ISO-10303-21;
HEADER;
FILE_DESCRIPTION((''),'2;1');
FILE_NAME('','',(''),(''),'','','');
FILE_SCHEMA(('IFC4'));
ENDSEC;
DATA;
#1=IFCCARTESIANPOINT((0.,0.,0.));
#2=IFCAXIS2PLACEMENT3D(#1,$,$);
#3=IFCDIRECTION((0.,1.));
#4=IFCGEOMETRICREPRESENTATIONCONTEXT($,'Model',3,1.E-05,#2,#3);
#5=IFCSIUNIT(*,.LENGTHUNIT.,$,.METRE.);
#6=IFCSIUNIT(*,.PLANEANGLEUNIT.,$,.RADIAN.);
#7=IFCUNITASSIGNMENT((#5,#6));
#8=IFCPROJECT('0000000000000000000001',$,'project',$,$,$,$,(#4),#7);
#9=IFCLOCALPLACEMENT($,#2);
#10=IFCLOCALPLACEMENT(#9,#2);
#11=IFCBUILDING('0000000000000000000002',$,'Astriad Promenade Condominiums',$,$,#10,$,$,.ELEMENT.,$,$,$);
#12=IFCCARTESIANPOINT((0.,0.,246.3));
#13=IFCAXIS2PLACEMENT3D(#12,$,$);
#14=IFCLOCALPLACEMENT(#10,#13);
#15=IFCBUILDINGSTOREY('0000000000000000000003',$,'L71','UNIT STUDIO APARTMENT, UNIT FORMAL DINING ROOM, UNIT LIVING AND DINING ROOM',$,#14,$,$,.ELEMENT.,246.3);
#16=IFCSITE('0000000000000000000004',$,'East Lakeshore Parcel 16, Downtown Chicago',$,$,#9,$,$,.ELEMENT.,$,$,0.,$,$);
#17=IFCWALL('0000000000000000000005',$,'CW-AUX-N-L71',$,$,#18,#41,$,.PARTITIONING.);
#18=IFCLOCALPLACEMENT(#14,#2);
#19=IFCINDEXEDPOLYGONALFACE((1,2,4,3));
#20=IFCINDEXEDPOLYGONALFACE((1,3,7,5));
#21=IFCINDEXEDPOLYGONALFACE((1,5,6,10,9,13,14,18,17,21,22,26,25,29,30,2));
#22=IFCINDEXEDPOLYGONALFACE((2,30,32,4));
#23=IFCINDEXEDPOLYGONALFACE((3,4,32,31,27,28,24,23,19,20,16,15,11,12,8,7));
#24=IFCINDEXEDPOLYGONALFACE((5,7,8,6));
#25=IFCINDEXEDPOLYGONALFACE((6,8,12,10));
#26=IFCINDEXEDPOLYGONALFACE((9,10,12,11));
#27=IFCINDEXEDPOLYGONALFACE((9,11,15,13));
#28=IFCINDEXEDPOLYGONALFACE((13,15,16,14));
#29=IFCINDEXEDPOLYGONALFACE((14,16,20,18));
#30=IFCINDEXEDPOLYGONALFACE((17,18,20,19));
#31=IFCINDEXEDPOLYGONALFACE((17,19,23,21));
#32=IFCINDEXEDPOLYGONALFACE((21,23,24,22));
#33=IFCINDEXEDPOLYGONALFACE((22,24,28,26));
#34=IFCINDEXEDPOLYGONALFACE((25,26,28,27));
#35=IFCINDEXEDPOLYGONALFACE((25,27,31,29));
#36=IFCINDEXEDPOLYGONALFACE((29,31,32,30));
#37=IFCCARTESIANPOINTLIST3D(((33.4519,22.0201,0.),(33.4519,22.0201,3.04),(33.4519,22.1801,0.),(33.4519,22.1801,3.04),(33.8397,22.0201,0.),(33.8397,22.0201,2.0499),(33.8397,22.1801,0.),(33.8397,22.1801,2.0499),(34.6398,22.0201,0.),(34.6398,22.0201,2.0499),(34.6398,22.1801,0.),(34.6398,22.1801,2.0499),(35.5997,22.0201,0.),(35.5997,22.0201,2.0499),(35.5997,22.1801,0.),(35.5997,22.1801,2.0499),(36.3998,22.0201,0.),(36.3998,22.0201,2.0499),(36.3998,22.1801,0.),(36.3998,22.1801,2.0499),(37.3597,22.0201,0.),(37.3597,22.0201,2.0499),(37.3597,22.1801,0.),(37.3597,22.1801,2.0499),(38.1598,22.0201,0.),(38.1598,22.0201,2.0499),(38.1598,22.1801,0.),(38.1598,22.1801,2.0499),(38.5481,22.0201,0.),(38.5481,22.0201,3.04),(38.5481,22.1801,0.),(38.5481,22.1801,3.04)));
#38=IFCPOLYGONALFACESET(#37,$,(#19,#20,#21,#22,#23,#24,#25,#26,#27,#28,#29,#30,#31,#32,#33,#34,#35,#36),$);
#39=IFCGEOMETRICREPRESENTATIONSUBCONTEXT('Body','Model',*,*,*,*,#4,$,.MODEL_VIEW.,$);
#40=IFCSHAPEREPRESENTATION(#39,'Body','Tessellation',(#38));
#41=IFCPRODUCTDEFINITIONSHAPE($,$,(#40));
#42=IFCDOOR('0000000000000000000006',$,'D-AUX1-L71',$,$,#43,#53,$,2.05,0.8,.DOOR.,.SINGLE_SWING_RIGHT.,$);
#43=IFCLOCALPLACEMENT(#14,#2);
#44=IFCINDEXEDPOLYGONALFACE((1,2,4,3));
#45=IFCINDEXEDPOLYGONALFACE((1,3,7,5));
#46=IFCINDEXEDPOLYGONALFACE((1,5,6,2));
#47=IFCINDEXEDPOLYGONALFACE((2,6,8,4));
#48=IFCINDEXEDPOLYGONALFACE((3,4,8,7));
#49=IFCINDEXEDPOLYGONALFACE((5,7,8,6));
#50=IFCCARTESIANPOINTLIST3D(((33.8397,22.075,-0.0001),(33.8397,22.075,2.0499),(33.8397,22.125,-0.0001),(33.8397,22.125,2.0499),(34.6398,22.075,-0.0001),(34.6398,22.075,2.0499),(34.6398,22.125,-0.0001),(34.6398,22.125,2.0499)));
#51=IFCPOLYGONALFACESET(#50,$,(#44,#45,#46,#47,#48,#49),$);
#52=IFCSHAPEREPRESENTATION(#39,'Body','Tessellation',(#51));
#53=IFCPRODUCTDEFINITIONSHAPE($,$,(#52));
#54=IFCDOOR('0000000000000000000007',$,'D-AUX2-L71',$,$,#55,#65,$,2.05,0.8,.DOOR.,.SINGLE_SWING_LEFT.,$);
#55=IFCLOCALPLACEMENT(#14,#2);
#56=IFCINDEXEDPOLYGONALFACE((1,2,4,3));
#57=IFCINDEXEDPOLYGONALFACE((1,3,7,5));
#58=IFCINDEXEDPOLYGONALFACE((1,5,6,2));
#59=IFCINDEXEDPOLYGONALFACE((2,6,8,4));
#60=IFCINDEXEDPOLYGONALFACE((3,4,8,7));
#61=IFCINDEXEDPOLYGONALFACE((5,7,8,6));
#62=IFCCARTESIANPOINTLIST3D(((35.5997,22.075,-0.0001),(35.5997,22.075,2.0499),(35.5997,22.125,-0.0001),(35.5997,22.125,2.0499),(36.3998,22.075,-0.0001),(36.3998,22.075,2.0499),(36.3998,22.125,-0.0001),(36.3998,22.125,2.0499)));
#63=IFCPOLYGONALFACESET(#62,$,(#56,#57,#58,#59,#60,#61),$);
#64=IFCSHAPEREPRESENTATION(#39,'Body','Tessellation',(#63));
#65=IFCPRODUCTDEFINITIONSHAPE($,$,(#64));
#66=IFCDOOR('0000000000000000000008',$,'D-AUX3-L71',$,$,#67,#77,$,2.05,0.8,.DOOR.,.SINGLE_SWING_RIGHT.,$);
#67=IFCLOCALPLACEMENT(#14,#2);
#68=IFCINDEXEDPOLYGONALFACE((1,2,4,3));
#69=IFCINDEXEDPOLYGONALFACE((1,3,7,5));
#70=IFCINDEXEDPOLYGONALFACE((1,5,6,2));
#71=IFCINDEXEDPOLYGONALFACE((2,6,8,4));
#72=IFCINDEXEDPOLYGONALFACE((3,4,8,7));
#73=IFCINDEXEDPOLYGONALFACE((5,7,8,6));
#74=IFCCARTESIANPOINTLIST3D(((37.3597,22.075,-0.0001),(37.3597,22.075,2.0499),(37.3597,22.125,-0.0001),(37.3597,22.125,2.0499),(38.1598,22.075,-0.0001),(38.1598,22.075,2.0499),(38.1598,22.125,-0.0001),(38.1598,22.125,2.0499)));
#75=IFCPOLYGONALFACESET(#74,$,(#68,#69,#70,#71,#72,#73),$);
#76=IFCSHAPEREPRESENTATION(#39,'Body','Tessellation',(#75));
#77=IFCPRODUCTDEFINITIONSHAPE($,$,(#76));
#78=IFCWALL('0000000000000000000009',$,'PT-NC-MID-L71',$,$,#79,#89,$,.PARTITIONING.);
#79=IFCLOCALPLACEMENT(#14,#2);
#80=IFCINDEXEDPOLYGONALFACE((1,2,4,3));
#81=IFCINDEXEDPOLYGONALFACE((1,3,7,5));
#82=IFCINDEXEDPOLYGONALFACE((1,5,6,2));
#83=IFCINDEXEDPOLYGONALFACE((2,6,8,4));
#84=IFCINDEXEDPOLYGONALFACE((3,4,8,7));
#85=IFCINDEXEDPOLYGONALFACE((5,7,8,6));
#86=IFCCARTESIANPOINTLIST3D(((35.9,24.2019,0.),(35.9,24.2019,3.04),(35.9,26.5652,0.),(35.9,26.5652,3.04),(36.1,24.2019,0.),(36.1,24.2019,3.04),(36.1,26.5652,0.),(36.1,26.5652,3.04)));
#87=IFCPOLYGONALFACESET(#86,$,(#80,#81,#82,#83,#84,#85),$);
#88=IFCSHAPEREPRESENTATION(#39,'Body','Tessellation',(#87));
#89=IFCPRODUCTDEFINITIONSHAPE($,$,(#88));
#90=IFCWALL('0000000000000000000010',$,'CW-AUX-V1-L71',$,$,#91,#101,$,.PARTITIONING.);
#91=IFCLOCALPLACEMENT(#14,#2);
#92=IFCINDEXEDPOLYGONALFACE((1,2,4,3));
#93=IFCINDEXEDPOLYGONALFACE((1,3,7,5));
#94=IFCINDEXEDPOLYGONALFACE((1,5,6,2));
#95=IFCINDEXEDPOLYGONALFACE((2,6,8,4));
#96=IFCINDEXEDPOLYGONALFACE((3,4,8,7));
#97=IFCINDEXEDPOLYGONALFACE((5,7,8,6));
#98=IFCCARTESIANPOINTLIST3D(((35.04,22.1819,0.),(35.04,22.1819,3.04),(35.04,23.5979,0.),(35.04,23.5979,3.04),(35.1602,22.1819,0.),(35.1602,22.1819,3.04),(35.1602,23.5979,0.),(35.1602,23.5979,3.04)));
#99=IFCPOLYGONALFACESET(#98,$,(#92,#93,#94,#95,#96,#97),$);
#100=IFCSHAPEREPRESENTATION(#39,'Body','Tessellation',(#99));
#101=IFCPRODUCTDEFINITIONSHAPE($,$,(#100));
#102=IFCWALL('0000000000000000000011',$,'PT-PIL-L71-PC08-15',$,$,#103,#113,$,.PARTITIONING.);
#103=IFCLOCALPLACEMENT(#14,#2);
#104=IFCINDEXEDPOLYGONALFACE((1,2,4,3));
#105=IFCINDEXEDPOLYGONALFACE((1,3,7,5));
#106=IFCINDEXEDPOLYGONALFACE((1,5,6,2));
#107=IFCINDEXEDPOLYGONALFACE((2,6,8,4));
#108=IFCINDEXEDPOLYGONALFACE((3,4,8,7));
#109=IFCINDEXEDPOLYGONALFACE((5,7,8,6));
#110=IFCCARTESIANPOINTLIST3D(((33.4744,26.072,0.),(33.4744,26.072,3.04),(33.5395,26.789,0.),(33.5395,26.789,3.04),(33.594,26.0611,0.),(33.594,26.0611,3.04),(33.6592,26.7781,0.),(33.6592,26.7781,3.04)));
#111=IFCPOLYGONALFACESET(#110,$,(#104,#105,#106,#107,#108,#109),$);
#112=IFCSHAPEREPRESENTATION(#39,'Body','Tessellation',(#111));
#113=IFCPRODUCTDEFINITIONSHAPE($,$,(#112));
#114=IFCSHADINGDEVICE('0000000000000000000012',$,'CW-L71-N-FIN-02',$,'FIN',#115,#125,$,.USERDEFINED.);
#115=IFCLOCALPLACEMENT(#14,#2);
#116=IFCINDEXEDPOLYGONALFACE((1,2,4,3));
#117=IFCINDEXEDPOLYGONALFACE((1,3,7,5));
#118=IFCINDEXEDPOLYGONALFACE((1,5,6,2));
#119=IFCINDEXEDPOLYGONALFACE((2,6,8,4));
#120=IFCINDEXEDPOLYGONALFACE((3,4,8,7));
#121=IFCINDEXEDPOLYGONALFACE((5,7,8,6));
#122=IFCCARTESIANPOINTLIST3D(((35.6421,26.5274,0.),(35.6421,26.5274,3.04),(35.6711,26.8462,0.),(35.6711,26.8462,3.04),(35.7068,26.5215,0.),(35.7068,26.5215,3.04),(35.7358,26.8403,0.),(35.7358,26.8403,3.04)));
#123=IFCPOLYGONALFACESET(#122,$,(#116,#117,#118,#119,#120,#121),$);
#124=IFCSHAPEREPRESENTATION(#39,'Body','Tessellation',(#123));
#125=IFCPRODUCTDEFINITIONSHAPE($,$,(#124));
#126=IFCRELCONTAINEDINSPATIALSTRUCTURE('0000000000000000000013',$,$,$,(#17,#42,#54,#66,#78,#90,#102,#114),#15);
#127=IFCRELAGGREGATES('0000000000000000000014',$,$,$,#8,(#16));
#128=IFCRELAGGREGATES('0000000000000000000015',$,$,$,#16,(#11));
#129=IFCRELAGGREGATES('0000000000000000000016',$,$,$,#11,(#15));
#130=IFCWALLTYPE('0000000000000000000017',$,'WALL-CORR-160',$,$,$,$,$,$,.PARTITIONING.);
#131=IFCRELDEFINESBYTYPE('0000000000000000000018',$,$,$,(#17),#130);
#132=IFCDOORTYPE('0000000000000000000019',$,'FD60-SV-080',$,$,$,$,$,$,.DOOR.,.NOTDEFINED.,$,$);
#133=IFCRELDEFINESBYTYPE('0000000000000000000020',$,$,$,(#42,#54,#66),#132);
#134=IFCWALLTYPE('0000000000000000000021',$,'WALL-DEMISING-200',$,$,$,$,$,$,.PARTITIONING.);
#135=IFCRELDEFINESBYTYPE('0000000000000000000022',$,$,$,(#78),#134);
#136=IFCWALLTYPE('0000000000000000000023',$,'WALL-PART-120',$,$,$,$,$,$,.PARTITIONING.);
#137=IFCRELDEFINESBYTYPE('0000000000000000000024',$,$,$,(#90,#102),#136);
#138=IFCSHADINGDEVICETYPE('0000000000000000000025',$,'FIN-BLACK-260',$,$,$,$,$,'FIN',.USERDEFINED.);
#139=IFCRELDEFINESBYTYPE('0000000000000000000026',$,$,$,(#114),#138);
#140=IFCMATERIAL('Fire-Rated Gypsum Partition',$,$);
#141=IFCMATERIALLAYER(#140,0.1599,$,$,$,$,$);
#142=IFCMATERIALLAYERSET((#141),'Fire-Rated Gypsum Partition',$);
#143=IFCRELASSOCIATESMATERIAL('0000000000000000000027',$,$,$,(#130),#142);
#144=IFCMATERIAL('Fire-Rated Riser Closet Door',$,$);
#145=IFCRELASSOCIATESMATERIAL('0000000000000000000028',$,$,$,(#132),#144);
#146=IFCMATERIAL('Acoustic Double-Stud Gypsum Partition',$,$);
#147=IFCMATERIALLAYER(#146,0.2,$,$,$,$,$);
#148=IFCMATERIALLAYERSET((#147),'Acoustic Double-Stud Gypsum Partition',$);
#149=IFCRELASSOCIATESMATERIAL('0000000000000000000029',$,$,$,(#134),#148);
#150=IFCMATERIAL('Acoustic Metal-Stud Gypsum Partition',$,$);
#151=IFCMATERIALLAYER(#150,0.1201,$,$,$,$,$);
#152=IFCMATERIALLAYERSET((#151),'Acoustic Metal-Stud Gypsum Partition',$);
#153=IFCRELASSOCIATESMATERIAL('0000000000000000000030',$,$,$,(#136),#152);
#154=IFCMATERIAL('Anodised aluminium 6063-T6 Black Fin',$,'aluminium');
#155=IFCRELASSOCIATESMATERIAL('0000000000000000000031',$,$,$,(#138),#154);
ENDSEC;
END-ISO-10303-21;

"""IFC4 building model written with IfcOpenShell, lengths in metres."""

from ifc_helpers import new_model, si_unit, direction, frame, frame_2d, origin, origin_2d, place, context, subcontext, project, spatial, rectangle, extrude, source, transform, mapped, material, layer, layer_set, type_object, type_shapes, element, fill, save


model = new_model("IFC4")

# Units and contexts
model_context = context("Model", 3, precision=1e-05, world=origin(), true_north=direction((0.0, 1.0)))
body_context = subcontext(model_context, "Body", "Model", "MODEL_VIEW")
ifc_project = project(units=[si_unit("LENGTHUNIT", "METRE"), si_unit("PLANEANGLEUNIT", "RADIAN")], contexts=[model_context])

# Site, building, storey
site_placement = place(None, origin())
site = spatial("IfcSite", under=ifc_project, at=site_placement, Name="East Lakeshore Parcel 16, Downtown Chicago", CompositionType="ELEMENT", RefElevation=0.0)
building_placement = place(site_placement, origin())
building = spatial("IfcBuilding", under=site, at=building_placement, Name="Astriad Promenade Condominiums", CompositionType="ELEMENT")
storey_placement = place(building_placement, frame((0.0, 0.0, 246.3)))
storey = spatial("IfcBuildingStorey", under=building, at=storey_placement, Name="L71", Description="UNIT STUDIO APARTMENT, UNIT FORMAL DINING ROOM, UNIT LIVING AND DINING ROOM", CompositionType="ELEMENT", Elevation=246.3)

# Wall, openings, doors
ifc_material_1 = material(Name="Fire-Rated Gypsum Partition")
ifc_layer_1 = layer(ifc_material_1, 0.1599)
ifc_layer_set_1 = layer_set([ifc_layer_1], Name="Fire-Rated Gypsum Partition")
wall_type_1 = type_object("IfcWallType", Name="WALL-CORR-160", PredefinedType="PARTITIONING", material=ifc_layer_set_1)
wall_1_placement = place(storey_placement, frame((33.4519, 22.1001, 0.0), z_axis=(0.0, 0.0, 1.0), x_axis=(1.0, 0.0, 0.0)))
wall_1 = element("IfcWall", 1, at=wall_1_placement, inside=storey, type_object=wall_type_1, Name="CW-AUX-N-L71", PredefinedType="PARTITIONING", context=body_context, shape_type="SweptSolid", body=[
    extrude(rectangle(XDim=5.0962, YDim=0.1599, at=frame_2d((2.5481, 0.0))), origin(), (0.0, 0.0, 1.0), 3.04),
])
opening_1_placement = place(wall_1_placement, frame((0.3879, 0.0, 0.0)))
opening_1 = element("IfcOpeningElement", 2, at=opening_1_placement, cuts=wall_1, PredefinedType="OPENING", context=body_context, shape_type="SweptSolid", body=[
    extrude(rectangle(XDim=0.8, YDim=2.05, at=frame_2d((0.3999, 1.0249))), frame((0.0, 0.0898, 0.0), z_axis=(0.0, -1.0, 0.0), x_axis=(1.0, 0.0, 0.0)), (0.0, 0.0, 1.0), 0.1799),
])
opening_2_placement = place(wall_1_placement, frame((2.1479, 0.0, 0.0)))
opening_2 = element("IfcOpeningElement", 3, at=opening_2_placement, cuts=wall_1, PredefinedType="OPENING", context=body_context, shape_type="SweptSolid", body=[
    extrude(rectangle(XDim=0.8, YDim=2.05, at=frame_2d((0.3999, 1.0249))), frame((0.0, 0.0898, 0.0), z_axis=(0.0, -1.0, 0.0), x_axis=(1.0, 0.0, 0.0)), (0.0, 0.0, 1.0), 0.1799),
])
opening_3_placement = place(wall_1_placement, frame((3.908, 0.0, 0.0)))
opening_3 = element("IfcOpeningElement", 4, at=opening_3_placement, cuts=wall_1, PredefinedType="OPENING", context=body_context, shape_type="SweptSolid", body=[
    extrude(rectangle(XDim=0.8, YDim=2.05, at=frame_2d((0.3999, 1.0249))), frame((0.0, 0.0898, 0.0), z_axis=(0.0, -1.0, 0.0), x_axis=(1.0, 0.0, 0.0)), (0.0, 0.0, 1.0), 0.1799),
])
ifc_material_2 = material(Name="Fire-Rated Riser Closet Door")
door_type = type_object("IfcDoorType", Name="FD60-SV-080", OperationType="NOTDEFINED", PredefinedType="DOOR", material=ifc_material_2)
shared_shape_1 = source(origin(), body_context, "Body", "SweptSolid", [
    extrude(rectangle(XDim=0.8, YDim=2.05, at=frame_2d((0.3999, 1.0249))), frame((0.0, 0.0249, 0.0), z_axis=(0.0, -1.0, 0.0), x_axis=(1.0, 0.0, 0.0)), (0.0, 0.0, 1.0), 0.05),
])
type_shapes(door_type, [shared_shape_1])
door_1_placement = place(opening_1_placement, origin())
door_1 = element("IfcDoor", 5, at=door_1_placement, inside=storey, type_object=door_type, Name="D-AUX1-L71", OperationType="SINGLE_SWING_RIGHT", OverallHeight=2.05, OverallWidth=0.8, PredefinedType="DOOR", context=body_context, shape_type="MappedRepresentation", body=[
    mapped(shared_shape_1, transform((0.0, 0.0, 0.0), scale=1.0)),
])
fill(opening_1, door_1)
door_2_placement = place(opening_2_placement, origin())
door_2 = element("IfcDoor", 6, at=door_2_placement, inside=storey, type_object=door_type, Name="D-AUX2-L71", OperationType="SINGLE_SWING_LEFT", OverallHeight=2.05, OverallWidth=0.8, PredefinedType="DOOR", context=body_context, shape_type="MappedRepresentation", body=[
    mapped(shared_shape_1, transform((0.0, 0.0, 0.0), scale=1.0)),
])
fill(opening_2, door_2)
door_3_placement = place(opening_3_placement, origin())
door_3 = element("IfcDoor", 7, at=door_3_placement, inside=storey, type_object=door_type, Name="D-AUX3-L71", OperationType="SINGLE_SWING_RIGHT", OverallHeight=2.05, OverallWidth=0.8, PredefinedType="DOOR", context=body_context, shape_type="MappedRepresentation", body=[
    mapped(shared_shape_1, transform((0.0, 0.0, 0.0), scale=1.0)),
])
fill(opening_3, door_3)

# Walls
ifc_material_3 = material(Name="Acoustic Double-Stud Gypsum Partition")
ifc_layer_2 = layer(ifc_material_3, 0.2)
ifc_layer_set_2 = layer_set([ifc_layer_2], Name="Acoustic Double-Stud Gypsum Partition")
wall_type_2 = type_object("IfcWallType", Name="WALL-DEMISING-200", PredefinedType="PARTITIONING", material=ifc_layer_set_2)
wall_2_placement = place(storey_placement, frame((36.0, 24.2019, 0.0), z_axis=(0.0, 0.0, 1.0), x_axis=(0.0, 1.0, 0.0)))
element("IfcWall", 8, at=wall_2_placement, inside=storey, type_object=wall_type_2, Name="PT-NC-MID-L71", PredefinedType="PARTITIONING", context=body_context, shape_type="SweptSolid", body=[
    extrude(rectangle(XDim=2.3633, YDim=0.2, at=frame_2d((1.1816, 0.0))), origin(), (0.0, 0.0, 1.0), 3.04),
])
ifc_material_4 = material(Name="Acoustic Metal-Stud Gypsum Partition")
ifc_layer_3 = layer(ifc_material_4, 0.1201)
ifc_layer_set_3 = layer_set([ifc_layer_3], Name="Acoustic Metal-Stud Gypsum Partition")
wall_type_3 = type_object("IfcWallType", Name="WALL-PART-120", PredefinedType="PARTITIONING", material=ifc_layer_set_3)
wall_3_placement = place(storey_placement, frame((35.1001, 22.1819, 0.0), z_axis=(0.0, 0.0, 1.0), x_axis=(0.0, 1.0, 0.0)))
element("IfcWall", 9, at=wall_3_placement, inside=storey, type_object=wall_type_3, Name="CW-AUX-V1-L71", PredefinedType="PARTITIONING", context=body_context, shape_type="SweptSolid", body=[
    extrude(rectangle(XDim=1.416, YDim=0.1201, at=frame_2d((0.708, 0.0))), origin(), (0.0, 0.0, 1.0), 3.04),
])
wall_4_placement = place(storey_placement, frame((33.5342, 26.0667, 0.0), z_axis=(0.0, 0.0, 1.0), x_axis=(0.090536, 0.995893, 0.0)))
element("IfcWall", 10, at=wall_4_placement, inside=storey, type_object=wall_type_3, Name="PT-PIL-L71-PC08-15", PredefinedType="PARTITIONING", context=body_context, shape_type="SweptSolid", body=[
    extrude(rectangle(XDim=0.72, YDim=0.1201, at=frame_2d((0.3599, 0.0))), origin(), (0.0, 0.0, 1.0), 3.04),
])

# Shading device
ifc_material_5 = material(Name="Anodised aluminium 6063-T6 Black Fin", Category="aluminium")
shading_device_type = type_object("IfcShadingDeviceType", Name="FIN-BLACK-260", ElementType="FIN", PredefinedType="USERDEFINED", material=ifc_material_5)
shared_shape_2 = source(origin(), body_context, "Body", "SweptSolid", [
    extrude(rectangle(XDim=0.0649, YDim=0.3201, at=origin_2d()), origin(), (0.0, 0.0, 1.0), 3.04),
])
type_shapes(shading_device_type, [shared_shape_2])
shading_device_placement = place(storey_placement, frame((35.689, 26.6838, 0.0), z_axis=(0.0, 0.0, 1.0), x_axis=(0.995884, -0.090633, 0.0)))
element("IfcShadingDevice", 11, at=shading_device_placement, inside=storey, type_object=shading_device_type, Name="CW-L71-N-FIN-02", ObjectType="FIN", PredefinedType="USERDEFINED", context=body_context, shape_type="MappedRepresentation", body=[
    mapped(shared_shape_2, transform((0.0, 0.0, 0.0), scale=1.0)),
])

save(model, "model.ifc")
